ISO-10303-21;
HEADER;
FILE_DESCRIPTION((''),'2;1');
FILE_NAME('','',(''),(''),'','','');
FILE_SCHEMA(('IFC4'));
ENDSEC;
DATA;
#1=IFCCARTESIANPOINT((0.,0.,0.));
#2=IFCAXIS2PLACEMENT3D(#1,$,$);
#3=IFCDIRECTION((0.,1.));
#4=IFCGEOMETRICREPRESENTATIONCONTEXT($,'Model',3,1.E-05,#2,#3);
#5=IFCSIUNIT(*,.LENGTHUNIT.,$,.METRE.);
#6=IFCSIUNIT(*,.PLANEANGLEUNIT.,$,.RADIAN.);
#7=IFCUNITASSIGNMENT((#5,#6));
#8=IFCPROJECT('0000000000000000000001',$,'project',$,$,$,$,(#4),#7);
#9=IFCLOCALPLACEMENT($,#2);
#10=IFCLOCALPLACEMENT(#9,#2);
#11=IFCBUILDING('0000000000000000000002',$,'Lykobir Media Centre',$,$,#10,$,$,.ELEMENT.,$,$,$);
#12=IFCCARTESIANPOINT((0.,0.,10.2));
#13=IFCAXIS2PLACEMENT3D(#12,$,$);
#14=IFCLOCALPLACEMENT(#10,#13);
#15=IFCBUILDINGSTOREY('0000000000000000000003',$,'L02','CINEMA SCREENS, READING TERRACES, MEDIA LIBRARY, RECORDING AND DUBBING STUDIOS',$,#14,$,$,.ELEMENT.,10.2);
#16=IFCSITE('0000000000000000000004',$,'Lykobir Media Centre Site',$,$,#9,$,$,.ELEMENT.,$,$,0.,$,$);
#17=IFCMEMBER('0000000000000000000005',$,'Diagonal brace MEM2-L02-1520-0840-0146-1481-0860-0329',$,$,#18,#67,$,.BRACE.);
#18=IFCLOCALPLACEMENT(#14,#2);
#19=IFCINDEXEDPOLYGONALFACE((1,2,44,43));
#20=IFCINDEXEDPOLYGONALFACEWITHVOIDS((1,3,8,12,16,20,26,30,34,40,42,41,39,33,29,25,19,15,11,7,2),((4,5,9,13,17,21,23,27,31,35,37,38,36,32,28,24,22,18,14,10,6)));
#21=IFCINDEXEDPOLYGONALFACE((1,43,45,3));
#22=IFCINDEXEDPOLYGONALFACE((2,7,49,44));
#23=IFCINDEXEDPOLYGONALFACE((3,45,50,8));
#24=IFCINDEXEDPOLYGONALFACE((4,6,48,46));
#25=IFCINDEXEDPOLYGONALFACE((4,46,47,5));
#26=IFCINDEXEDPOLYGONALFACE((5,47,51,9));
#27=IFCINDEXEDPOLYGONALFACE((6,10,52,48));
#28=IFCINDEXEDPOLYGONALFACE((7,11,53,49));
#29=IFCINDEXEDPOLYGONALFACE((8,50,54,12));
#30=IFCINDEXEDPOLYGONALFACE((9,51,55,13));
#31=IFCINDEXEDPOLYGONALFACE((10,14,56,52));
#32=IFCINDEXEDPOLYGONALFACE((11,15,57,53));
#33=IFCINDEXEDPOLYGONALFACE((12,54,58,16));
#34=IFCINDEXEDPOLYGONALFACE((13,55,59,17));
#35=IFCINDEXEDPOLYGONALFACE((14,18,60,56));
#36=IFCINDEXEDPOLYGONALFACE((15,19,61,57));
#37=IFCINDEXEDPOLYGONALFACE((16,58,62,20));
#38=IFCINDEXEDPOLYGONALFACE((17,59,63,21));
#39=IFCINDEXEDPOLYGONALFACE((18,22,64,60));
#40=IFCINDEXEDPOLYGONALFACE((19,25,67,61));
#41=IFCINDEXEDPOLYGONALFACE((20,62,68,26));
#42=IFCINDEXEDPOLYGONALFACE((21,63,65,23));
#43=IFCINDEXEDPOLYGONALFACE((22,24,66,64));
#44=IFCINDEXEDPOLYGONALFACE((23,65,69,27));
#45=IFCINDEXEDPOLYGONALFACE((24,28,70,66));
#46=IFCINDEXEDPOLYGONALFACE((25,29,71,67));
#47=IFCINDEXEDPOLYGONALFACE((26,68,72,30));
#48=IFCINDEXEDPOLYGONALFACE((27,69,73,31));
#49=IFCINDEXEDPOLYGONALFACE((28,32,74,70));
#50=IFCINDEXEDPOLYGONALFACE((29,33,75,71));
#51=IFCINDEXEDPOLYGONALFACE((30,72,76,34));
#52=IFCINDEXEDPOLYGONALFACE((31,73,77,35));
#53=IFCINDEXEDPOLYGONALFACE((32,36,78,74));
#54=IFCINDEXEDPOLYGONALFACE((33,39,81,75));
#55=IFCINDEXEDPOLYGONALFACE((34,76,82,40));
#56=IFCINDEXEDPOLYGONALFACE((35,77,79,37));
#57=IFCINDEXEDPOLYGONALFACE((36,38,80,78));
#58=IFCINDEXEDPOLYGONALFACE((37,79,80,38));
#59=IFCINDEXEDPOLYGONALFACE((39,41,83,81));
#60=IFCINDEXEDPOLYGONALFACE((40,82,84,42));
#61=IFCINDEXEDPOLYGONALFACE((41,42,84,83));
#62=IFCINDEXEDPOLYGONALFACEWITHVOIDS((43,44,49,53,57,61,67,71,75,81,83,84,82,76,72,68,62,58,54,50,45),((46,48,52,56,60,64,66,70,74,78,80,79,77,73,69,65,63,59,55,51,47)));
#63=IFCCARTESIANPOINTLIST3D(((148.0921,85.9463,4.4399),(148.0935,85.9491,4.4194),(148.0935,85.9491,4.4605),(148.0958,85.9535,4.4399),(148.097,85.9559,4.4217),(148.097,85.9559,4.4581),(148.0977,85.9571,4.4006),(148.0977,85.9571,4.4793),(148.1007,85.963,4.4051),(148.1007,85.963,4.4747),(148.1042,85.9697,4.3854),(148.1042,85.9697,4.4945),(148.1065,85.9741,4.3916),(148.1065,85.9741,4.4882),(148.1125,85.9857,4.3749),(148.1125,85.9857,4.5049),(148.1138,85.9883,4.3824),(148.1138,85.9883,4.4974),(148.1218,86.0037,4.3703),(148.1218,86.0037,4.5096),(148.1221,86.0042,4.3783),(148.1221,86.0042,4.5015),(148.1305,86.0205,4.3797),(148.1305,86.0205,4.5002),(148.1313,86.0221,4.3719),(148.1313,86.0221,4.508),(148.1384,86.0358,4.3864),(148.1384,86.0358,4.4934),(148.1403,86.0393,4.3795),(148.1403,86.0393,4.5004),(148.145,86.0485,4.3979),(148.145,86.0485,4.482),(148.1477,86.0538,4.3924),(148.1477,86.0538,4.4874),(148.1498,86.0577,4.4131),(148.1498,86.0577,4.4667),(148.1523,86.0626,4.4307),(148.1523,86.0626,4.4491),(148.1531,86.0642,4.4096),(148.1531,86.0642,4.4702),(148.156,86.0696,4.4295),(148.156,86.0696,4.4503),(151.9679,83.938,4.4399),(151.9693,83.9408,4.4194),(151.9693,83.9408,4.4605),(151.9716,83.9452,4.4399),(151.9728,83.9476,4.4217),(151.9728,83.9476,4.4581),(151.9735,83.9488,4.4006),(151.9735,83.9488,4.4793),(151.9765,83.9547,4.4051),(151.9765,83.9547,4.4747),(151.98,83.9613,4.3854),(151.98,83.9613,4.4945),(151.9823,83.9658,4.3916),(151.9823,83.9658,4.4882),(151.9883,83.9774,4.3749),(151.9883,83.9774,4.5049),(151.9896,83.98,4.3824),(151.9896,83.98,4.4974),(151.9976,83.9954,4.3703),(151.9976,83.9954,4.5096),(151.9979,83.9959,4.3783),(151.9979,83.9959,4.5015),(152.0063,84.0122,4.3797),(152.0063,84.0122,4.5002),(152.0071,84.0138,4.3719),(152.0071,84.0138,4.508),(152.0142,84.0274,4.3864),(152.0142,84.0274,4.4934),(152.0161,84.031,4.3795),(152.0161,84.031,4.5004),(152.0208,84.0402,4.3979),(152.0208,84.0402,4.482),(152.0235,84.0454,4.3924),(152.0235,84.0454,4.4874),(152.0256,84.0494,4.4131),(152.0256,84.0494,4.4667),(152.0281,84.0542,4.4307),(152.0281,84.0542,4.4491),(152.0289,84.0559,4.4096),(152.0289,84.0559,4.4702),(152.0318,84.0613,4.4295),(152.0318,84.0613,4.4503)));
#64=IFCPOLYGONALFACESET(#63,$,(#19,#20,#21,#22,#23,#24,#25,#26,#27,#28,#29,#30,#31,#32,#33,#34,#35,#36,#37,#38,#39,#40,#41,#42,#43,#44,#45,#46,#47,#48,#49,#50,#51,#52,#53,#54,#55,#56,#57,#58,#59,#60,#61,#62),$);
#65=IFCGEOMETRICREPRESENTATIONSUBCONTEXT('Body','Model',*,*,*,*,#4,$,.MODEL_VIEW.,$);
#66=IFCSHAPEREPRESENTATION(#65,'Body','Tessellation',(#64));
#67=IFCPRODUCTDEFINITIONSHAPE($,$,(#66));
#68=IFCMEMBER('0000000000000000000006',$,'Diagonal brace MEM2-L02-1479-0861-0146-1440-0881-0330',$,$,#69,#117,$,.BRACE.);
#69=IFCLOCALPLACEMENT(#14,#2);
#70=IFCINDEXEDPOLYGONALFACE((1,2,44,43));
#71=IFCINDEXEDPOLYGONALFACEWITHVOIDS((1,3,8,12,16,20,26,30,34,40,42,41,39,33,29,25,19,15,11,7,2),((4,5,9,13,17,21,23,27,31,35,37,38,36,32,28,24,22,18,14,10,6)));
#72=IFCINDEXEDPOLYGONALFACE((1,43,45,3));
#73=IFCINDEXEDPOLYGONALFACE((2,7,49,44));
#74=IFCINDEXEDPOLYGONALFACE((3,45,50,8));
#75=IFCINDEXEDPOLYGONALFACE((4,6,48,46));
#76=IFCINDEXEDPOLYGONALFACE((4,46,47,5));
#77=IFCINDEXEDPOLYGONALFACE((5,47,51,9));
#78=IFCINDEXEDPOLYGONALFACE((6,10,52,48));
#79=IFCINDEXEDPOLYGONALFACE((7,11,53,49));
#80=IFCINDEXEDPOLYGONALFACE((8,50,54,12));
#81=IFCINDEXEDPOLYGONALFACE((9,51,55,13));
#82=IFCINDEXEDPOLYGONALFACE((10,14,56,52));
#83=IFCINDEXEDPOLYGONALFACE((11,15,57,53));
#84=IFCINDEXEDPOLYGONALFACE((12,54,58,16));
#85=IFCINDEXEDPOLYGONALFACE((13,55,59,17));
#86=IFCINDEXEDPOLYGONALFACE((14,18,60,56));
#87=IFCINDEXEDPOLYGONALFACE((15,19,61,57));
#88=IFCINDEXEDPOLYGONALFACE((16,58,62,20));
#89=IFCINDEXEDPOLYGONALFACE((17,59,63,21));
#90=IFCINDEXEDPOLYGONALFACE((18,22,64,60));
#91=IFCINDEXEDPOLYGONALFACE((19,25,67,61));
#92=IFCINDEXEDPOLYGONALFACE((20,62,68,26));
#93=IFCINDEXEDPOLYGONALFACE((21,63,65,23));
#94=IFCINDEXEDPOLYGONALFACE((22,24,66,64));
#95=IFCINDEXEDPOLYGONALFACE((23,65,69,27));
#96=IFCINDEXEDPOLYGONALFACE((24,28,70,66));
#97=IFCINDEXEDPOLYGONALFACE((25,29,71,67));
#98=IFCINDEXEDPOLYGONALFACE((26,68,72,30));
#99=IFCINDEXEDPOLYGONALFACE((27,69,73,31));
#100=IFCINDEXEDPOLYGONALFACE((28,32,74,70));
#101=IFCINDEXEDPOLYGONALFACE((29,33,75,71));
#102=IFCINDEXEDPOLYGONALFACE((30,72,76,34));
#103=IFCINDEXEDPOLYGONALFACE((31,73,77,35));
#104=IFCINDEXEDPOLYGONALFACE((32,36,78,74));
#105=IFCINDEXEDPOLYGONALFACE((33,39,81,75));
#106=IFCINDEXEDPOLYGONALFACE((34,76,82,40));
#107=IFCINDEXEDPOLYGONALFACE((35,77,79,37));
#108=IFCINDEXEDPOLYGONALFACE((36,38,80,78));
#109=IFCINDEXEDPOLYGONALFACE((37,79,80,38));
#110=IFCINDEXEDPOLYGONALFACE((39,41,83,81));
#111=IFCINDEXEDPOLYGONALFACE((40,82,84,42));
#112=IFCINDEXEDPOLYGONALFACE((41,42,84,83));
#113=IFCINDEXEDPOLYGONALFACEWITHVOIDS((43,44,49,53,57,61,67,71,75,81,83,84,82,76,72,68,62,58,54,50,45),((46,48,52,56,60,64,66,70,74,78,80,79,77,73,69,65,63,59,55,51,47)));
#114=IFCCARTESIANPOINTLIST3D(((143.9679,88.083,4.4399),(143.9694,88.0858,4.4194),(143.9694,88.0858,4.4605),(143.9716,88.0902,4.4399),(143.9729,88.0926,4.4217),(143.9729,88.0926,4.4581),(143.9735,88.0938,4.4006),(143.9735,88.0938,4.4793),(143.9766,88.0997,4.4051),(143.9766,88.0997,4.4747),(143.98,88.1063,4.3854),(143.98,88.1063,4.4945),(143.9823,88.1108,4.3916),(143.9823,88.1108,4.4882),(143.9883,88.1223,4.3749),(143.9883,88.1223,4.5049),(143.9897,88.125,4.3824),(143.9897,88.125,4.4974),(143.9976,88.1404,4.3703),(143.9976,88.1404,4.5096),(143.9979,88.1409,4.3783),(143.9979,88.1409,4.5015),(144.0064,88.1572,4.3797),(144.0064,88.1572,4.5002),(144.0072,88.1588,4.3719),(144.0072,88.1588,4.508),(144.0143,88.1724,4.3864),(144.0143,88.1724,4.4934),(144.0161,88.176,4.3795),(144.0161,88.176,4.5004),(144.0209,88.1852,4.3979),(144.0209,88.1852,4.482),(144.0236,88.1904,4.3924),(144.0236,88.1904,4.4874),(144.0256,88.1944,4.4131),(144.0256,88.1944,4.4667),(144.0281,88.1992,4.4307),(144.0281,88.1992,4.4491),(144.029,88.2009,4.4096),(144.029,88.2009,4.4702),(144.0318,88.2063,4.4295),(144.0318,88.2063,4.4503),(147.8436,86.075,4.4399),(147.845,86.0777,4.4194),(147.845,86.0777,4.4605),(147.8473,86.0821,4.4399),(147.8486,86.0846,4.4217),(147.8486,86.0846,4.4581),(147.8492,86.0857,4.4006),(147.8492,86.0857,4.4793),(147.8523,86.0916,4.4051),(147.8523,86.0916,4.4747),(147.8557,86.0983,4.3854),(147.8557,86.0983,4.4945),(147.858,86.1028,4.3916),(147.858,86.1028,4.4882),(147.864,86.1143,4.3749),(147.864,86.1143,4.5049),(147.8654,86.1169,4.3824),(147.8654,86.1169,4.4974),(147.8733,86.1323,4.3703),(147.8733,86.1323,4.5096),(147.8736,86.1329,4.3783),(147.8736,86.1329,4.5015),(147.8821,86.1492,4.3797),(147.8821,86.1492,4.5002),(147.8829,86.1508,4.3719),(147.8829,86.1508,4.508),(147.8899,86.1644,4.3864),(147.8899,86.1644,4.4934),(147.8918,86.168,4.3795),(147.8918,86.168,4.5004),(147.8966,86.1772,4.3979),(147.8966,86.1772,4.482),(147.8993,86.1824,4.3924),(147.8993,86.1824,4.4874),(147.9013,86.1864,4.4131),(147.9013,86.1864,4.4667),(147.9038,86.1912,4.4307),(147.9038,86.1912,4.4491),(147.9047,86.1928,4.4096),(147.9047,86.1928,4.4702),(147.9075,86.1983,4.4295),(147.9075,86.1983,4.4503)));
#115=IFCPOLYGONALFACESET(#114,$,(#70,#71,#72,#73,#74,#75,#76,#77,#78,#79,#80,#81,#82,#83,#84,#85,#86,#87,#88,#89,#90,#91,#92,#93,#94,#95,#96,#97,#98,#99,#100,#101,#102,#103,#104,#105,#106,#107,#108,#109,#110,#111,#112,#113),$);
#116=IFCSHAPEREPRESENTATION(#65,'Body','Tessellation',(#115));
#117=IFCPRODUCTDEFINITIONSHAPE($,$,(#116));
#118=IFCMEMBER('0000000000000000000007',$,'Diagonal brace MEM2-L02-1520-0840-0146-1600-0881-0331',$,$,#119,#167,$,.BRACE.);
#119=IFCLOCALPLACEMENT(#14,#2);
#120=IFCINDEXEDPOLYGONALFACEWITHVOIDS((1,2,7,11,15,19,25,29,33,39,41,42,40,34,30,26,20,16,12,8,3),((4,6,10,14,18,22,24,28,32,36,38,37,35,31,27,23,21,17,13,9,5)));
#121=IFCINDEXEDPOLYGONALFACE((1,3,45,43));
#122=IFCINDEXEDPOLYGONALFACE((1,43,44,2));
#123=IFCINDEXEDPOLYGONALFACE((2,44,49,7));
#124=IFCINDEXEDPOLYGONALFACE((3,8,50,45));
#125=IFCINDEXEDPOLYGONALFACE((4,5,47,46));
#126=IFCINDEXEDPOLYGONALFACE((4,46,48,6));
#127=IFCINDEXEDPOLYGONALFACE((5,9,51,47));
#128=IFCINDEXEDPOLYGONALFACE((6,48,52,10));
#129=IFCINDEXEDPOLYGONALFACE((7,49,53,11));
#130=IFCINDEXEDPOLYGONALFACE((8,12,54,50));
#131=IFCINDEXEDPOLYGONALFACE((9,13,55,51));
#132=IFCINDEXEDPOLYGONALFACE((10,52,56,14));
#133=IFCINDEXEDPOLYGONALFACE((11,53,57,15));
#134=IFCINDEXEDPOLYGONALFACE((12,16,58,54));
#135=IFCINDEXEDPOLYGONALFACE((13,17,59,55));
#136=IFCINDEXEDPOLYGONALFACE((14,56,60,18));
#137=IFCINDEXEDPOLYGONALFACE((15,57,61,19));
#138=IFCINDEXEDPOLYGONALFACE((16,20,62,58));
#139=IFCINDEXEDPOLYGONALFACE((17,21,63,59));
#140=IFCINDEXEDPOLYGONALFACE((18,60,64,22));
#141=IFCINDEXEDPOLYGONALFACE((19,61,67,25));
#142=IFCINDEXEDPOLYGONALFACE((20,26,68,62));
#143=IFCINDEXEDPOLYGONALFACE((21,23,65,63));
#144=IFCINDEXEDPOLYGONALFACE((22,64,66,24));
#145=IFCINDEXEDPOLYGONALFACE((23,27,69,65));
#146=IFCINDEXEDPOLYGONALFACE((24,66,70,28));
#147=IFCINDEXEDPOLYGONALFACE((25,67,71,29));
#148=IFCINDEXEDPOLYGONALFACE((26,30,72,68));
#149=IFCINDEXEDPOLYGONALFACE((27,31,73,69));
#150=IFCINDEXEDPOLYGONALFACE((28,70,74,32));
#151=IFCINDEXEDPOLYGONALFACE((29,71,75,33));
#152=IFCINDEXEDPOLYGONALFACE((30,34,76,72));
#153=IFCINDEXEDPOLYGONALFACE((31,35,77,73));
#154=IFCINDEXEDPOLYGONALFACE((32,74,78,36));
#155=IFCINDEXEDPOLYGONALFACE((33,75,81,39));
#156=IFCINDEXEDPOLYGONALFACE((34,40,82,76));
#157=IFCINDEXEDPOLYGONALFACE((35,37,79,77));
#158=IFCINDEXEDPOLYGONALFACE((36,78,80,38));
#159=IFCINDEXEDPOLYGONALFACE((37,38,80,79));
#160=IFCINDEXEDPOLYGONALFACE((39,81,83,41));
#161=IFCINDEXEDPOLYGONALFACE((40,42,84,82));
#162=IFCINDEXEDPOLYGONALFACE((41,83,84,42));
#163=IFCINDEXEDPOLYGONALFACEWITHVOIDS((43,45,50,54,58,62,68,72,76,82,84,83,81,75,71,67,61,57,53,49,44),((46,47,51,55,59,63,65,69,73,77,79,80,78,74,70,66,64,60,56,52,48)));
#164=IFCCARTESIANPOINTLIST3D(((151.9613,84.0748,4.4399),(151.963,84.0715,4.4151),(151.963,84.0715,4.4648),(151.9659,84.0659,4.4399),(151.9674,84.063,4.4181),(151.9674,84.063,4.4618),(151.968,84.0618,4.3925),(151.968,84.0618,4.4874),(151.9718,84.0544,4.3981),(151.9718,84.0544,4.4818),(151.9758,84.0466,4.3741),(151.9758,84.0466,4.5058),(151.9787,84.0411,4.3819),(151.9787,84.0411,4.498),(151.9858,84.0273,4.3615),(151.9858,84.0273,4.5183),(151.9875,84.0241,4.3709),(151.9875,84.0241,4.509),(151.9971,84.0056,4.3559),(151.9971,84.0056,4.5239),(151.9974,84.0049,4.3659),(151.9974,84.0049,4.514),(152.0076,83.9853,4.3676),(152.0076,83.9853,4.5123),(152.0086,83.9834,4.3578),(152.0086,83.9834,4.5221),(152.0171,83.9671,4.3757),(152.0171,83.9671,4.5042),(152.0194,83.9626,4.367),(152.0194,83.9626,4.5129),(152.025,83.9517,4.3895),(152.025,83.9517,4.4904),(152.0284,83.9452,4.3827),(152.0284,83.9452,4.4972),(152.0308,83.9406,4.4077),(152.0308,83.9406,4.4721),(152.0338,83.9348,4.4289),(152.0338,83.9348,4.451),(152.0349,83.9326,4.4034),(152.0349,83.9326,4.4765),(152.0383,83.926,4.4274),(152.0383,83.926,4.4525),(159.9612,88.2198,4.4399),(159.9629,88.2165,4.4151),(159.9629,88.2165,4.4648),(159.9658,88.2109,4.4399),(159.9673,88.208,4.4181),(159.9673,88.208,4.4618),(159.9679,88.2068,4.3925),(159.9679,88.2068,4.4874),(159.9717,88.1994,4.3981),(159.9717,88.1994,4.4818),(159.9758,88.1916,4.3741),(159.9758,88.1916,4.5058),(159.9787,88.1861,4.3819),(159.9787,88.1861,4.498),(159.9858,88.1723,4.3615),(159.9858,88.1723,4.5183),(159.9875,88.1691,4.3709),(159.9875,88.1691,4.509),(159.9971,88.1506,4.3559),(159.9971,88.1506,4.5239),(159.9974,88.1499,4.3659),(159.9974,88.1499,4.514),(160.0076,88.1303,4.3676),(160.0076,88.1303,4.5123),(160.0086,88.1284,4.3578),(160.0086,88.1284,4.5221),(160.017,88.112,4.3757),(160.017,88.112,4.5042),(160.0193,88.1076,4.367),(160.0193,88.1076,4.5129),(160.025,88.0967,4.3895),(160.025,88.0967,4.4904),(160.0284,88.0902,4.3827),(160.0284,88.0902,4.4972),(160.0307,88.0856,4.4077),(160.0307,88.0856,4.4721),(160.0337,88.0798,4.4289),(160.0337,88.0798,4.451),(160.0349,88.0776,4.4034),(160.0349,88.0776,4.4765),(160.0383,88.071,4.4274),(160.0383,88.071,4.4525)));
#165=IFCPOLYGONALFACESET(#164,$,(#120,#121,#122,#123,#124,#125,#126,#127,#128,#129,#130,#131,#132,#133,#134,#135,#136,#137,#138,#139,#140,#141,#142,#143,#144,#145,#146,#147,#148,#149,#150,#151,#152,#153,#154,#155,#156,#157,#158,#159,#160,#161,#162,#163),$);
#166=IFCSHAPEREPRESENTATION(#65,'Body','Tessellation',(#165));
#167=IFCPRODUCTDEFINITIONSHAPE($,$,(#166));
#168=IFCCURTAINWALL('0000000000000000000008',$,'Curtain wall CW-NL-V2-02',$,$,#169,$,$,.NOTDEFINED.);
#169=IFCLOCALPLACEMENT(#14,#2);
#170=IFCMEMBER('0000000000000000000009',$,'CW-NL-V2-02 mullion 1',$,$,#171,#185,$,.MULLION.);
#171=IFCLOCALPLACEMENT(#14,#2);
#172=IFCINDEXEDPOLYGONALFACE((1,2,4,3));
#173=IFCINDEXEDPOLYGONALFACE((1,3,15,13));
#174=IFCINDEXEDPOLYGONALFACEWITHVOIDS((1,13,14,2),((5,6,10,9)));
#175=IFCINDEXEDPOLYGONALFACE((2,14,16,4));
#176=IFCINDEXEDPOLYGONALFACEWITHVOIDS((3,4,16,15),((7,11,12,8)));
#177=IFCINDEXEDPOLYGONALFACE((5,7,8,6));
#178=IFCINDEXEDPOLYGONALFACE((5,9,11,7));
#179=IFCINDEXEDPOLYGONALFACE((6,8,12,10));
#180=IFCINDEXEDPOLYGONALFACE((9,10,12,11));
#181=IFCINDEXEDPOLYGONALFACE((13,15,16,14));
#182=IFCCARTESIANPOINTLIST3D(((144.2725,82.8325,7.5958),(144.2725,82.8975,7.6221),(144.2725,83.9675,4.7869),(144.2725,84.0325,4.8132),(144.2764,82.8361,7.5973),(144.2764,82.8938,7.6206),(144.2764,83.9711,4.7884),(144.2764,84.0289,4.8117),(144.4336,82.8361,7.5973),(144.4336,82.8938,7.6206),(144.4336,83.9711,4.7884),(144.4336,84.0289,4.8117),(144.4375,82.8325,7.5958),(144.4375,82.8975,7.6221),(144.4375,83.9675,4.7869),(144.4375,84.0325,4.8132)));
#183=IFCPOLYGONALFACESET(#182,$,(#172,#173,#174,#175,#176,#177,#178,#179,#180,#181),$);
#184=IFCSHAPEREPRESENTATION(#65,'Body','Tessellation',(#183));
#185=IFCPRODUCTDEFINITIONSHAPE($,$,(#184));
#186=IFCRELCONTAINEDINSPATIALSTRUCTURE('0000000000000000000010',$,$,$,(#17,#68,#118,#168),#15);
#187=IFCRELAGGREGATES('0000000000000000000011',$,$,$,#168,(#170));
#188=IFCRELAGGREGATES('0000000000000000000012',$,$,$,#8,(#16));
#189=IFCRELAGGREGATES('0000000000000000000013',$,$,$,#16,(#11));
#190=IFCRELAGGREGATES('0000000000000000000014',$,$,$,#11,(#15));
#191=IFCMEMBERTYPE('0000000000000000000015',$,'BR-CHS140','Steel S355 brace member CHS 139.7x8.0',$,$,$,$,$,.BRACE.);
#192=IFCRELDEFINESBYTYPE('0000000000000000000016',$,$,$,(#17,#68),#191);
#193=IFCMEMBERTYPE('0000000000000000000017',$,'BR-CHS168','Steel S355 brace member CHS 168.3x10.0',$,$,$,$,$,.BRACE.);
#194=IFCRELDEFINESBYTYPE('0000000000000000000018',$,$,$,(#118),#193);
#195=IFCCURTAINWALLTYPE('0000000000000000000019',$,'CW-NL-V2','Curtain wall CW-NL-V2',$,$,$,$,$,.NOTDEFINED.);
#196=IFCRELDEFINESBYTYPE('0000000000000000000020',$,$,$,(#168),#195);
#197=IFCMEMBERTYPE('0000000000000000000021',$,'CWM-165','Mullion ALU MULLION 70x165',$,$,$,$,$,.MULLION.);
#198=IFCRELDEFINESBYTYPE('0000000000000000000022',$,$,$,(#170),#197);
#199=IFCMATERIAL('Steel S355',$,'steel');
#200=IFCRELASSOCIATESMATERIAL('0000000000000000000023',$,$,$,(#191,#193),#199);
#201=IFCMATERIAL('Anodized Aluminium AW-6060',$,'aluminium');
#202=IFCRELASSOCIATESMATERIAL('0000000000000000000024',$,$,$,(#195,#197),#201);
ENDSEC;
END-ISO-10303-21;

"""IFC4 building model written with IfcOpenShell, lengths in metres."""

from ifc_helpers import new_model, si_unit, direction, frame, origin, origin_2d, place, context, subcontext, project, spatial, hollow_rectangle, hollow_circle, extrude, material, material_profile, profile_set, type_object, element, aggregate, save


model = new_model("IFC4")

# Units and contexts
model_context = context("Model", 3, precision=1e-05, world=origin(), true_north=direction((0.0, 1.0)))
body_context = subcontext(model_context, "Body", "Model", "MODEL_VIEW")
ifc_project = project(units=[si_unit("LENGTHUNIT", "METRE"), si_unit("PLANEANGLEUNIT", "RADIAN")], contexts=[model_context])

# Site, building, storey
site_placement = place(None, origin())
site = spatial("IfcSite", under=ifc_project, at=site_placement, Name="Lykobir Media Centre Site", CompositionType="ELEMENT", RefElevation=0.0)
building_placement = place(site_placement, origin())
building = spatial("IfcBuilding", under=site, at=building_placement, Name="Lykobir Media Centre", CompositionType="ELEMENT")
storey_placement = place(building_placement, frame((0.0, 0.0, 10.2)))
storey = spatial("IfcBuildingStorey", under=building, at=storey_placement, Name="L02", Description="CINEMA SCREENS, READING TERRACES, MEDIA LIBRARY, RECORDING AND DUBBING STUDIOS", CompositionType="ELEMENT", Elevation=10.2)

# Members
ifc_material_1 = material(Name="Steel S355", Category="steel")
ifc_material_profile_1 = material_profile(ifc_material_1, hollow_circle(Radius=0.0698, WallThickness=0.0081, at=origin_2d()), Name="CHS 139.7x8.0")
ifc_profile_set_1 = profile_set([ifc_material_profile_1], Name="Steel S355")
member_type_1 = type_object("IfcMemberType", Name="BR-CHS140", Description="Steel S355 brace member CHS 139.7x8.0", PredefinedType="BRACE", material=ifc_profile_set_1)
member_1_placement = place(storey_placement, frame((152.0, 84.0, 4.4399), z_axis=(-0.88788, 0.460076, 0.0), x_axis=(-0.460076, -0.88788, 0.0)))
element("IfcMember", 1, at=member_1_placement, inside=storey, type_object=member_type_1, Name="Diagonal brace MEM2-L02-1520-0840-0146-1481-0860-0329", PredefinedType="BRACE", context=body_context, shape_type="SweptSolid", body=[
    extrude(hollow_circle(Radius=0.0698, WallThickness=0.0081, at=origin_2d()), origin(), (0.0, 0.0, 1.0), 4.3652),
])
member_2_placement = place(storey_placement, frame((147.8757, 86.137, 4.4399), z_axis=(-0.887903, 0.460031, 0.0), x_axis=(-0.460031, -0.887903, 0.0)))
element("IfcMember", 2, at=member_2_placement, inside=storey, type_object=member_type_1, Name="Diagonal brace MEM2-L02-1479-0861-0146-1440-0881-0330", PredefinedType="BRACE", context=body_context, shape_type="SweptSolid", body=[
    extrude(hollow_circle(Radius=0.0698, WallThickness=0.0081, at=origin_2d()), origin(), (0.0, 0.0, 1.0), 4.365),
])
ifc_material_profile_2 = material_profile(ifc_material_1, hollow_circle(Radius=0.0842, WallThickness=0.01, at=origin_2d()), Name="CHS 168.3x10.0")
ifc_profile_set_2 = profile_set([ifc_material_profile_2], Name="Steel S355")
member_type_2 = type_object("IfcMemberType", Name="BR-CHS168", Description="Steel S355 brace member CHS 168.3x10.0", PredefinedType="BRACE", material=ifc_profile_set_2)
member_3_placement = place(storey_placement, frame((152.0, 84.0, 4.4399), z_axis=(0.887896, 0.460043, 0.0), x_axis=(-0.460043, 0.887896, 0.0)))
element("IfcMember", 3, at=member_3_placement, inside=storey, type_object=member_type_2, Name="Diagonal brace MEM2-L02-1520-0840-0146-1600-0881-0331", PredefinedType="BRACE", context=body_context, shape_type="SweptSolid", body=[
    extrude(hollow_circle(Radius=0.0842, WallThickness=0.01, at=origin_2d()), origin(), (0.0, 0.0, 1.0), 9.01),
])

# Curtain wall, member
ifc_material_2 = material(Name="Anodized Aluminium AW-6060", Category="aluminium")
curtain_wall_type = type_object("IfcCurtainWallType", Name="CW-NL-V2", Description="Curtain wall CW-NL-V2", PredefinedType="NOTDEFINED", material=ifc_material_2)
curtain_wall_1_placement = place(storey_placement, origin())
curtain_wall_1 = element("IfcCurtainWall", 4, at=curtain_wall_1_placement, inside=storey, type_object=curtain_wall_type, Name="Curtain wall CW-NL-V2-02", PredefinedType="NOTDEFINED")
ifc_material_profile_3 = material_profile(ifc_material_2, hollow_rectangle(XDim=0.0701, YDim=0.165, WallThickness=0.0039, at=origin_2d()), Name="ALU MULLION 70x165")
ifc_profile_set_3 = profile_set([ifc_material_profile_3], Name="Anodized Aluminium AW-6060")
member_type_3 = type_object("IfcMemberType", Name="CWM-165", Description="Mullion ALU MULLION 70x165", PredefinedType="MULLION", material=ifc_profile_set_3)
member_4_placement = place(storey_placement, frame((144.355, 84.0, 4.8), z_axis=(0.0, -0.374654, 0.927165), x_axis=(0.0, 0.927165, 0.374654)))
member_4 = element("IfcMember", 5, at=member_4_placement, type_object=member_type_3, Name="CW-NL-V2-02 mullion 1", PredefinedType="MULLION", context=body_context, shape_type="SweptSolid", body=[
    extrude(hollow_rectangle(XDim=0.0701, YDim=0.165, WallThickness=0.0039, at=origin_2d()), origin(), (0.0, 0.0, 1.0), 3.0295),
])

aggregate(curtain_wall_1, [member_4])

save(model, "model.ifc")
